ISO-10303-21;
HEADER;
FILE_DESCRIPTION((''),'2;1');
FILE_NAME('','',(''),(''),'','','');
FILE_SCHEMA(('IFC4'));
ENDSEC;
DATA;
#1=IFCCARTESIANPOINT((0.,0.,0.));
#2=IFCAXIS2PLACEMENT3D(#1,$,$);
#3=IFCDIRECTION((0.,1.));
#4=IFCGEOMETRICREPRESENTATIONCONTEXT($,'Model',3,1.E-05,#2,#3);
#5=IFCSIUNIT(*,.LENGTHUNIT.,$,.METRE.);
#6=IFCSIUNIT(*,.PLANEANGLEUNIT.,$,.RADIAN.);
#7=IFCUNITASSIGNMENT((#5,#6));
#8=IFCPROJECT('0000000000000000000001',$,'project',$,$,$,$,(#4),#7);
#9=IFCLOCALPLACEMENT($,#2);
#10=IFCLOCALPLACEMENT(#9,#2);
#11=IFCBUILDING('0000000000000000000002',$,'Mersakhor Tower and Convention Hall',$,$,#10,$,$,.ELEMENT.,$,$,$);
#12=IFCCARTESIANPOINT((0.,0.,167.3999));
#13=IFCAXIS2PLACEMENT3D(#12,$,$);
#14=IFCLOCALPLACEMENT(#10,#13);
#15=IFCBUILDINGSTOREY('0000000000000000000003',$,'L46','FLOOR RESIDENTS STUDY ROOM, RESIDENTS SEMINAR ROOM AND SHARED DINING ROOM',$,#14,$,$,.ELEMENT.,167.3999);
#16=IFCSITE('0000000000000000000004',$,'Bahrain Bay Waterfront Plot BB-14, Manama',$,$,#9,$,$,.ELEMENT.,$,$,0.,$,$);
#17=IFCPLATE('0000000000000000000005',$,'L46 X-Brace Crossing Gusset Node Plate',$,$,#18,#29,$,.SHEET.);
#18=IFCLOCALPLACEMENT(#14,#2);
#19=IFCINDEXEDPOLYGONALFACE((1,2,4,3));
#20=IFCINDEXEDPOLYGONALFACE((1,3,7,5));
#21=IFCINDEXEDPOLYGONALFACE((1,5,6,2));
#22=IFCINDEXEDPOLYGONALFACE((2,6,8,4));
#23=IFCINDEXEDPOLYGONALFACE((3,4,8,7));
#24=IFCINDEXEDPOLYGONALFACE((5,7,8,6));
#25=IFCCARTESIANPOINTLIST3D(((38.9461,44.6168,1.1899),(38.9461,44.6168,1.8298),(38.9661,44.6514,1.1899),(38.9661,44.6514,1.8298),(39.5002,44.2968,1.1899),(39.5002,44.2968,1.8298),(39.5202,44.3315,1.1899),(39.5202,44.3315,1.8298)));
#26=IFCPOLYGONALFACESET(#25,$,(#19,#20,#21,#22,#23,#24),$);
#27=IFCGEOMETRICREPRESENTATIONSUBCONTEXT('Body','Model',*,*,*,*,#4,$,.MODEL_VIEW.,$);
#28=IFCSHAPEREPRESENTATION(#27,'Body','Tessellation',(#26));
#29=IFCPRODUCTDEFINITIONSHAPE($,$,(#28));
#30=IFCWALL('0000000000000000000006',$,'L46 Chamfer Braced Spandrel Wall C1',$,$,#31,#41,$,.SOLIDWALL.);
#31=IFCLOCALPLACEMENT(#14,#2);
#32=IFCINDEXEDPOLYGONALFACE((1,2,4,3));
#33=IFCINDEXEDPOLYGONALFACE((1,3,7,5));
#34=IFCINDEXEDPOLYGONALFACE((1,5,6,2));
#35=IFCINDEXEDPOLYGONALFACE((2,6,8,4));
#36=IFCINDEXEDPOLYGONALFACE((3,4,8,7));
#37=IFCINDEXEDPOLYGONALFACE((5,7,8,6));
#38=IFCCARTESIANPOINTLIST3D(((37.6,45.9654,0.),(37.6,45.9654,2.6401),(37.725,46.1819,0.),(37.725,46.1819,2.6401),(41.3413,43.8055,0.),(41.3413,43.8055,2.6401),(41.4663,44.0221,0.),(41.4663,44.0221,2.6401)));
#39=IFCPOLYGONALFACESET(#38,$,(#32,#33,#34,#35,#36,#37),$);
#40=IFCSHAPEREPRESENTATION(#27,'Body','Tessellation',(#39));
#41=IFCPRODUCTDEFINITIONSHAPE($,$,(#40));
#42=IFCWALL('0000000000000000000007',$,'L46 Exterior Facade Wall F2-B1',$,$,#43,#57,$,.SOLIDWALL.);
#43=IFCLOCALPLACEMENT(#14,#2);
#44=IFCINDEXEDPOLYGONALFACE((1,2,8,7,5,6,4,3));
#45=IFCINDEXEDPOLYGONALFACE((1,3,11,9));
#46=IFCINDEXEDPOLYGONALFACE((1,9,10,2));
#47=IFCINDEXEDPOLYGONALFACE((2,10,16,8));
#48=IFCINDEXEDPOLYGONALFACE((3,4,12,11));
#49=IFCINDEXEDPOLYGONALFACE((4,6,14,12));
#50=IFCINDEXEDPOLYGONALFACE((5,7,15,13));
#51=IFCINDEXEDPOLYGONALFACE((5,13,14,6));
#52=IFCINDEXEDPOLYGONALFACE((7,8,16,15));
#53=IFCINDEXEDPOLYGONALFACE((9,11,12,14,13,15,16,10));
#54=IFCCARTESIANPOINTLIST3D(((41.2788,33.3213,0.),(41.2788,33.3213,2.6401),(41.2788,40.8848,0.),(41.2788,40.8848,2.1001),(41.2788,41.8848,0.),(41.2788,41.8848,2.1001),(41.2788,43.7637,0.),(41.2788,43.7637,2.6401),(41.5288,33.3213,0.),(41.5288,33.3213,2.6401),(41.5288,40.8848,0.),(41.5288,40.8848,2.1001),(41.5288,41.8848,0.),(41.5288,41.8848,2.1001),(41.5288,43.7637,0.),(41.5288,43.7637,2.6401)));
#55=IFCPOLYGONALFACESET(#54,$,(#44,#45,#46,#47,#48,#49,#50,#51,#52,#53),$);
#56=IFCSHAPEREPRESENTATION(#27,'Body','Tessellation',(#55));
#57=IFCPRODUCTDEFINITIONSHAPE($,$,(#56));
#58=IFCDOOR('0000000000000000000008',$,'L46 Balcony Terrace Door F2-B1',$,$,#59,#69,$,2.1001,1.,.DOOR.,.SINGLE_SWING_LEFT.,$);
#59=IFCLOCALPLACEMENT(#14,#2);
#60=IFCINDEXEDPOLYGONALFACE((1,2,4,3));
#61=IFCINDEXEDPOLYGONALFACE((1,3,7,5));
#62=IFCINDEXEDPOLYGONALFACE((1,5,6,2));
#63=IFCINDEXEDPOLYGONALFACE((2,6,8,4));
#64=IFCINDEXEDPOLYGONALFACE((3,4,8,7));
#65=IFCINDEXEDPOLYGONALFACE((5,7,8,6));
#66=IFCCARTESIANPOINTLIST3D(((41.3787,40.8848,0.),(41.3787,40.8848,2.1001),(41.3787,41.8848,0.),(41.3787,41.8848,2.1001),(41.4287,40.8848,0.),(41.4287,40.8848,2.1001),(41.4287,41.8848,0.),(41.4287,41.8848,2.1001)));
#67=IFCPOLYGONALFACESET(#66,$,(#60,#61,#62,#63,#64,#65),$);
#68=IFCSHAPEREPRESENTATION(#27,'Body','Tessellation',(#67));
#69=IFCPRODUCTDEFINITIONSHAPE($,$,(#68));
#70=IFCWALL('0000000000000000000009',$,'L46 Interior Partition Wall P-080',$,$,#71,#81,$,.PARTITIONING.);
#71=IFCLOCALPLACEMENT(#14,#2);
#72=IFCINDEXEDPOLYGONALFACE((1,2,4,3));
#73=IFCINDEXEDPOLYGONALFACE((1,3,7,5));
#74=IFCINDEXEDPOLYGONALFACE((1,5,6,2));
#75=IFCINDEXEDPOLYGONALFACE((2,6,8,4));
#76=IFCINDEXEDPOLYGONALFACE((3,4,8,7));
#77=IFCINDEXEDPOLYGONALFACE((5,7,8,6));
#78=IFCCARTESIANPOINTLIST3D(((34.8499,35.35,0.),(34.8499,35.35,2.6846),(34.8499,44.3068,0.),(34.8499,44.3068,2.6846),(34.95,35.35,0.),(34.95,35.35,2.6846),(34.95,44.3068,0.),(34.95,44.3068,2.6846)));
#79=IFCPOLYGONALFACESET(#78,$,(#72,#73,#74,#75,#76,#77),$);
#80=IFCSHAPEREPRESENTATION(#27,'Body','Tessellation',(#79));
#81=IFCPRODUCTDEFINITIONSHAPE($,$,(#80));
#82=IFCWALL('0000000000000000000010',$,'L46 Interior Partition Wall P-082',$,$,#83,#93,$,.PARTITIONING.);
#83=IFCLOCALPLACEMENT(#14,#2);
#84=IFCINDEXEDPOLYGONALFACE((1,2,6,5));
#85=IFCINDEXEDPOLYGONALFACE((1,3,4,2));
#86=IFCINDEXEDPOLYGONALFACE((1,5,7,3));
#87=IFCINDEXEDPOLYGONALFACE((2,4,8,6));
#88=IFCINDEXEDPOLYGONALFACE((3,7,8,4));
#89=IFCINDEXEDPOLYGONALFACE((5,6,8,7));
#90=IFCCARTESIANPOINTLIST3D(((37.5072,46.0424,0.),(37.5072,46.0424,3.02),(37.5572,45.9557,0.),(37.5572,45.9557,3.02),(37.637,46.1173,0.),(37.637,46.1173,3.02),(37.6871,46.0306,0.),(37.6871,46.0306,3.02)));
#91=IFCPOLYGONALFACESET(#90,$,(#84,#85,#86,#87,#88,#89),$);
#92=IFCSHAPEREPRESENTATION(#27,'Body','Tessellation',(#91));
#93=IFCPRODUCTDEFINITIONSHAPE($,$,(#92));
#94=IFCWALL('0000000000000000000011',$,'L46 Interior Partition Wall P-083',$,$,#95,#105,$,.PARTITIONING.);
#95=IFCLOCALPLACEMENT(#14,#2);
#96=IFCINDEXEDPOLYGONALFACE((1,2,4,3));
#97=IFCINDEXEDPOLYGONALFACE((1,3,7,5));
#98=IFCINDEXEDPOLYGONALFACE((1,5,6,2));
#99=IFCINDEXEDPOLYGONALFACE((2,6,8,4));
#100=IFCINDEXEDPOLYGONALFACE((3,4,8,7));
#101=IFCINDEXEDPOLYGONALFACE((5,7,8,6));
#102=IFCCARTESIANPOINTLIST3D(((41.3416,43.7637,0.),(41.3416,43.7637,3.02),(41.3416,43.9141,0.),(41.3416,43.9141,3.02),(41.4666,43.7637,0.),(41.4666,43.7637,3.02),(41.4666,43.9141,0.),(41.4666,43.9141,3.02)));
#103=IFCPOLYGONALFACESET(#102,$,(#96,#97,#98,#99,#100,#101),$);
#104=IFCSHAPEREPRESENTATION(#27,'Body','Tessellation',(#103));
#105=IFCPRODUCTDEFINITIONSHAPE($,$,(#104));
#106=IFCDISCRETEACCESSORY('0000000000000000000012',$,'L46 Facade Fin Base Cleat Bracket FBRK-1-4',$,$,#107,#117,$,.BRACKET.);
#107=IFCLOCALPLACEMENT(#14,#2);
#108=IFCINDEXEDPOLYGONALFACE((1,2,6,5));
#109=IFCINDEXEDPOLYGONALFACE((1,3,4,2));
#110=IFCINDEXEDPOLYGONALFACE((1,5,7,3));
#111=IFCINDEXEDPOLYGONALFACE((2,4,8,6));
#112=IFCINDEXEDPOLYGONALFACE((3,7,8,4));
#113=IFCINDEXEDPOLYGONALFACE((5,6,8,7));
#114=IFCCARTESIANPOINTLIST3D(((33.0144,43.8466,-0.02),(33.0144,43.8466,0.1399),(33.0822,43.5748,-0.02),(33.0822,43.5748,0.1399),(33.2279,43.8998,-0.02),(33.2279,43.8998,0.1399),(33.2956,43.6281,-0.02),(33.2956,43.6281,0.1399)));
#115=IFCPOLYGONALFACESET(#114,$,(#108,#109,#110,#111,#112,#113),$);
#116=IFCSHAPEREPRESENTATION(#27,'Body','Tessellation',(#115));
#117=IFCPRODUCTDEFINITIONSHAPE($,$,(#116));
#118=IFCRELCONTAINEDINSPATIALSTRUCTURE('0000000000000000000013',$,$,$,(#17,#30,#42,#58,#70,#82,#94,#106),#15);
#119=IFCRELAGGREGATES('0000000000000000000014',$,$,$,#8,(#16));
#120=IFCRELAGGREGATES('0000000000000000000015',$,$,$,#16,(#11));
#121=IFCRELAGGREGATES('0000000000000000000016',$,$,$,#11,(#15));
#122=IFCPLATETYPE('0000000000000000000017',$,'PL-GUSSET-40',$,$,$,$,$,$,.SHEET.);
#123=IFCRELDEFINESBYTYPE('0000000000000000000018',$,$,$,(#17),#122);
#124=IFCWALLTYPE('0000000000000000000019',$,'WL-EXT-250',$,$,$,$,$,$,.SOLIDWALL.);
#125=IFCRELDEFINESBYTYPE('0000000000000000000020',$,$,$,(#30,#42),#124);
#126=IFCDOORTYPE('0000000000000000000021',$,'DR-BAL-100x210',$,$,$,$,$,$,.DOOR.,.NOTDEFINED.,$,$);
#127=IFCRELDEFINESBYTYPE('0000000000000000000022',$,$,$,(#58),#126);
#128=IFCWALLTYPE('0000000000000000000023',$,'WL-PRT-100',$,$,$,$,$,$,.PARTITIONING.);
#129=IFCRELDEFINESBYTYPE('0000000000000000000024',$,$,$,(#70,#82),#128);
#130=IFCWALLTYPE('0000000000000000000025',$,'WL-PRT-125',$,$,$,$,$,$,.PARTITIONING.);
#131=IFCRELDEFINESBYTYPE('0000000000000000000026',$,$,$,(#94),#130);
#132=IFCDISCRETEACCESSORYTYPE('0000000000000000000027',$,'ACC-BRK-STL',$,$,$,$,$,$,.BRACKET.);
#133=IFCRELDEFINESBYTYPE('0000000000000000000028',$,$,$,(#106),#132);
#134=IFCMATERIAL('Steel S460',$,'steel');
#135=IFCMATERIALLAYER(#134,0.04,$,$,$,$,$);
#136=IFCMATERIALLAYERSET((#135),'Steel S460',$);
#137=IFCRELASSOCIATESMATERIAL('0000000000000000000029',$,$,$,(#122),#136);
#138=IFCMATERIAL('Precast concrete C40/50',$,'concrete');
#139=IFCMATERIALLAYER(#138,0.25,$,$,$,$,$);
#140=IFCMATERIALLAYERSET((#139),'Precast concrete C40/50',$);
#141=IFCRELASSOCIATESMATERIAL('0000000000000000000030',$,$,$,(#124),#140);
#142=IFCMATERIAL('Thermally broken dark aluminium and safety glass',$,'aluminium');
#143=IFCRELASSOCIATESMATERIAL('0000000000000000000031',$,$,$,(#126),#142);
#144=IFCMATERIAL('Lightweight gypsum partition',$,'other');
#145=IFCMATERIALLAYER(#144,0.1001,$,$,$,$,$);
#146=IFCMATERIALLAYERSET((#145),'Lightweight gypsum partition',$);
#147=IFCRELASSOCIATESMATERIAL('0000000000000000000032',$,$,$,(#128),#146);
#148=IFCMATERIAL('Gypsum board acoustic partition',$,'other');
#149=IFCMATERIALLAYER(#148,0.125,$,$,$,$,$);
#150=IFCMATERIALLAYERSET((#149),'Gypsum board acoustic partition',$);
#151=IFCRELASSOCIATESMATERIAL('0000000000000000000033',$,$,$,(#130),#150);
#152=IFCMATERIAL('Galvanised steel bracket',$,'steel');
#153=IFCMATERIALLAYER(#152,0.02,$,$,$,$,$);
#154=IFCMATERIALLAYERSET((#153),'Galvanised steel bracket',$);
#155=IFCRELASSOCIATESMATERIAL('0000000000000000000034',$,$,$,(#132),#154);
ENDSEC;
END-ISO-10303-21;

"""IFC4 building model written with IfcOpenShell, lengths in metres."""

from ifc_helpers import new_model, si_unit, direction, frame, frame_2d, origin, origin_2d, place, context, subcontext, project, spatial, rectangle, extrude, material, layer, layer_set, type_object, element, fill, save


model = new_model("IFC4")

# Units and contexts
model_context = context("Model", 3, precision=1e-05, world=origin(), true_north=direction((0.0, 1.0)))
body_context = subcontext(model_context, "Body", "Model", "MODEL_VIEW")
ifc_project = project(units=[si_unit("LENGTHUNIT", "METRE"), si_unit("PLANEANGLEUNIT", "RADIAN")], contexts=[model_context])

# Site, building, storey
site_placement = place(None, origin())
site = spatial("IfcSite", under=ifc_project, at=site_placement, Name="Bahrain Bay Waterfront Plot BB-14, Manama", CompositionType="ELEMENT", RefElevation=0.0)
building_placement = place(site_placement, origin())
building = spatial("IfcBuilding", under=site, at=building_placement, Name="Mersakhor Tower and Convention Hall", CompositionType="ELEMENT")
storey_placement = place(building_placement, frame((0.0, 0.0, 167.3999)))
storey = spatial("IfcBuildingStorey", under=building, at=storey_placement, Name="L46", Description="FLOOR RESIDENTS STUDY ROOM, RESIDENTS SEMINAR ROOM AND SHARED DINING ROOM", CompositionType="ELEMENT", Elevation=167.3999)

# Plate
ifc_material_1 = material(Name="Steel S460", Category="steel")
ifc_layer_1 = layer(ifc_material_1, 0.04)
ifc_layer_set_1 = layer_set([ifc_layer_1], Name="Steel S460")
plate_type_1 = type_object("IfcPlateType", Name="PL-GUSSET-40", PredefinedType="SHEET", material=ifc_layer_set_1)
plate_1_placement = place(storey_placement, frame((39.2332, 44.4741, 1.1899), z_axis=(0.0, 0.0, 1.0), x_axis=(-0.866025, 0.5, 0.0)))
element("IfcPlate", 1, at=plate_1_placement, inside=storey, type_object=plate_type_1, Name="L46 X-Brace Crossing Gusset Node Plate", PredefinedType="SHEET", context=body_context, shape_type="SweptSolid", body=[
    extrude(rectangle(XDim=0.6399, YDim=0.04, at=origin_2d()), origin(), (0.0, 0.0, 1.0), 0.6399),
])

# Wall
ifc_material_2 = material(Name="Precast concrete C40/50", Category="concrete")
ifc_layer_2 = layer(ifc_material_2, 0.25)
ifc_layer_set_2 = layer_set([ifc_layer_2], Name="Precast concrete C40/50")
wall_type_1 = type_object("IfcWallType", Name="WL-EXT-250", PredefinedType="SOLIDWALL", material=ifc_layer_set_2)
wall_1_placement = place(storey_placement, frame((37.6624, 46.0737, 0.0), z_axis=(0.0, 0.0, 1.0), x_axis=(0.866047, -0.499962, 0.0)))
element("IfcWall", 2, at=wall_1_placement, inside=storey, type_object=wall_type_1, Name="L46 Chamfer Braced Spandrel Wall C1", PredefinedType="SOLIDWALL", context=body_context, shape_type="SweptSolid", body=[
    extrude(rectangle(XDim=4.3201, YDim=0.25, at=frame_2d((2.1602, 0.0))), origin(), (0.0, 0.0, 1.0), 2.6401),
])

# Wall, opening, door
wall_2_placement = place(storey_placement, frame((41.4038, 43.7637, 0.0), z_axis=(0.0, 0.0, 1.0), x_axis=(0.0, -1.0, 0.0)))
wall_2 = element("IfcWall", 3, at=wall_2_placement, inside=storey, type_object=wall_type_1, Name="L46 Exterior Facade Wall F2-B1", PredefinedType="SOLIDWALL", context=body_context, shape_type="SweptSolid", body=[
    extrude(rectangle(XDim=10.4424, YDim=0.25, at=frame_2d((5.2212, 0.0))), origin(), (0.0, 0.0, 1.0), 2.6401),
])
opening_placement = place(wall_2_placement, frame((1.8789, 0.0, 0.0)))
opening = element("IfcOpeningElement", 4, at=opening_placement, cuts=wall_2, PredefinedType="OPENING", context=body_context, shape_type="SweptSolid", body=[
    extrude(rectangle(XDim=1.0, YDim=2.1001, at=frame_2d((0.5, 1.05))), frame((0.0, 0.135, 0.0), z_axis=(0.0, -1.0, 0.0), x_axis=(1.0, 0.0, 0.0)), (0.0, 0.0, 1.0), 0.27),
])
ifc_material_3 = material(Name="Thermally broken dark aluminium and safety glass", Category="aluminium")
door_type = type_object("IfcDoorType", Name="DR-BAL-100x210", OperationType="NOTDEFINED", PredefinedType="DOOR", material=ifc_material_3)
door_placement = place(opening_placement, origin())
door = element("IfcDoor", 5, at=door_placement, inside=storey, type_object=door_type, Name="L46 Balcony Terrace Door F2-B1", OperationType="SINGLE_SWING_LEFT", OverallHeight=2.1001, OverallWidth=1.0, PredefinedType="DOOR", context=body_context, shape_type="SweptSolid", body=[
    extrude(rectangle(XDim=1.0, YDim=2.1001, at=frame_2d((0.5, 1.05))), frame((0.0, 0.0249, 0.0), z_axis=(0.0, -1.0, 0.0), x_axis=(1.0, 0.0, 0.0)), (0.0, 0.0, 1.0), 0.05),
])
fill(opening, door)

# Walls
ifc_material_4 = material(Name="Lightweight gypsum partition", Category="other")
ifc_layer_3 = layer(ifc_material_4, 0.1001)
ifc_layer_set_3 = layer_set([ifc_layer_3], Name="Lightweight gypsum partition")
wall_type_2 = type_object("IfcWallType", Name="WL-PRT-100", PredefinedType="PARTITIONING", material=ifc_layer_set_3)
wall_3_placement = place(storey_placement, frame((34.8999, 44.3069, 0.0), z_axis=(0.0, 0.0, 1.0), x_axis=(0.0, -1.0, 0.0)))
element("IfcWall", 6, at=wall_3_placement, inside=storey, type_object=wall_type_2, Name="L46 Interior Partition Wall P-080", PredefinedType="PARTITIONING", context=body_context, shape_type="SweptSolid", body=[
    extrude(rectangle(XDim=8.9568, YDim=0.1001, at=frame_2d((4.4785, 0.0))), origin(), (0.0, 0.0, 1.0), 2.6846),
])
wall_4_placement = place(storey_placement, frame((37.5322, 45.999, 0.0), z_axis=(0.0, 0.0, 1.0), x_axis=(0.866131, 0.499816, 0.0)))
element("IfcWall", 7, at=wall_4_placement, inside=storey, type_object=wall_type_2, Name="L46 Interior Partition Wall P-082", PredefinedType="PARTITIONING", context=body_context, shape_type="SweptSolid", body=[
    extrude(rectangle(XDim=0.1499, YDim=0.1001, at=frame_2d((0.075, 0.0))), origin(), (0.0, 0.0, 1.0), 3.02),
])
ifc_material_5 = material(Name="Gypsum board acoustic partition", Category="other")
ifc_layer_4 = layer(ifc_material_5, 0.125)
ifc_layer_set_4 = layer_set([ifc_layer_4], Name="Gypsum board acoustic partition")
wall_type_3 = type_object("IfcWallType", Name="WL-PRT-125", PredefinedType="PARTITIONING", material=ifc_layer_set_4)
wall_5_placement = place(storey_placement, frame((41.4041, 43.9141, 0.0), z_axis=(0.0, 0.0, 1.0), x_axis=(0.0, -1.0, 0.0)))
element("IfcWall", 8, at=wall_5_placement, inside=storey, type_object=wall_type_3, Name="L46 Interior Partition Wall P-083", PredefinedType="PARTITIONING", context=body_context, shape_type="SweptSolid", body=[
    extrude(rectangle(XDim=0.1504, YDim=0.125, at=frame_2d((0.0752, 0.0))), origin(), (0.0, 0.0, 1.0), 3.02),
])

# Discrete accessory
ifc_material_6 = material(Name="Galvanised steel bracket", Category="steel")
ifc_layer_5 = layer(ifc_material_6, 0.02)
ifc_layer_set_5 = layer_set([ifc_layer_5], Name="Galvanised steel bracket")
discrete_accessory_type = type_object("IfcDiscreteAccessoryType", Name="ACC-BRK-STL", PredefinedType="BRACKET", material=ifc_layer_set_5)
discrete_accessory_placement = place(storey_placement, frame((33.155, 43.7373, -0.02), z_axis=(0.0, 0.0, 1.0), x_axis=(-0.241922, 0.970296, 0.0)))
element("IfcDiscreteAccessory", 9, at=discrete_accessory_placement, inside=storey, type_object=discrete_accessory_type, Name="L46 Facade Fin Base Cleat Bracket FBRK-1-4", PredefinedType="BRACKET", context=body_context, shape_type="SweptSolid", body=[
    extrude(rectangle(XDim=0.28, YDim=0.22, at=origin_2d()), origin(), (0.0, 0.0, 1.0), 0.1599),
])

save(model, "model.ifc")
